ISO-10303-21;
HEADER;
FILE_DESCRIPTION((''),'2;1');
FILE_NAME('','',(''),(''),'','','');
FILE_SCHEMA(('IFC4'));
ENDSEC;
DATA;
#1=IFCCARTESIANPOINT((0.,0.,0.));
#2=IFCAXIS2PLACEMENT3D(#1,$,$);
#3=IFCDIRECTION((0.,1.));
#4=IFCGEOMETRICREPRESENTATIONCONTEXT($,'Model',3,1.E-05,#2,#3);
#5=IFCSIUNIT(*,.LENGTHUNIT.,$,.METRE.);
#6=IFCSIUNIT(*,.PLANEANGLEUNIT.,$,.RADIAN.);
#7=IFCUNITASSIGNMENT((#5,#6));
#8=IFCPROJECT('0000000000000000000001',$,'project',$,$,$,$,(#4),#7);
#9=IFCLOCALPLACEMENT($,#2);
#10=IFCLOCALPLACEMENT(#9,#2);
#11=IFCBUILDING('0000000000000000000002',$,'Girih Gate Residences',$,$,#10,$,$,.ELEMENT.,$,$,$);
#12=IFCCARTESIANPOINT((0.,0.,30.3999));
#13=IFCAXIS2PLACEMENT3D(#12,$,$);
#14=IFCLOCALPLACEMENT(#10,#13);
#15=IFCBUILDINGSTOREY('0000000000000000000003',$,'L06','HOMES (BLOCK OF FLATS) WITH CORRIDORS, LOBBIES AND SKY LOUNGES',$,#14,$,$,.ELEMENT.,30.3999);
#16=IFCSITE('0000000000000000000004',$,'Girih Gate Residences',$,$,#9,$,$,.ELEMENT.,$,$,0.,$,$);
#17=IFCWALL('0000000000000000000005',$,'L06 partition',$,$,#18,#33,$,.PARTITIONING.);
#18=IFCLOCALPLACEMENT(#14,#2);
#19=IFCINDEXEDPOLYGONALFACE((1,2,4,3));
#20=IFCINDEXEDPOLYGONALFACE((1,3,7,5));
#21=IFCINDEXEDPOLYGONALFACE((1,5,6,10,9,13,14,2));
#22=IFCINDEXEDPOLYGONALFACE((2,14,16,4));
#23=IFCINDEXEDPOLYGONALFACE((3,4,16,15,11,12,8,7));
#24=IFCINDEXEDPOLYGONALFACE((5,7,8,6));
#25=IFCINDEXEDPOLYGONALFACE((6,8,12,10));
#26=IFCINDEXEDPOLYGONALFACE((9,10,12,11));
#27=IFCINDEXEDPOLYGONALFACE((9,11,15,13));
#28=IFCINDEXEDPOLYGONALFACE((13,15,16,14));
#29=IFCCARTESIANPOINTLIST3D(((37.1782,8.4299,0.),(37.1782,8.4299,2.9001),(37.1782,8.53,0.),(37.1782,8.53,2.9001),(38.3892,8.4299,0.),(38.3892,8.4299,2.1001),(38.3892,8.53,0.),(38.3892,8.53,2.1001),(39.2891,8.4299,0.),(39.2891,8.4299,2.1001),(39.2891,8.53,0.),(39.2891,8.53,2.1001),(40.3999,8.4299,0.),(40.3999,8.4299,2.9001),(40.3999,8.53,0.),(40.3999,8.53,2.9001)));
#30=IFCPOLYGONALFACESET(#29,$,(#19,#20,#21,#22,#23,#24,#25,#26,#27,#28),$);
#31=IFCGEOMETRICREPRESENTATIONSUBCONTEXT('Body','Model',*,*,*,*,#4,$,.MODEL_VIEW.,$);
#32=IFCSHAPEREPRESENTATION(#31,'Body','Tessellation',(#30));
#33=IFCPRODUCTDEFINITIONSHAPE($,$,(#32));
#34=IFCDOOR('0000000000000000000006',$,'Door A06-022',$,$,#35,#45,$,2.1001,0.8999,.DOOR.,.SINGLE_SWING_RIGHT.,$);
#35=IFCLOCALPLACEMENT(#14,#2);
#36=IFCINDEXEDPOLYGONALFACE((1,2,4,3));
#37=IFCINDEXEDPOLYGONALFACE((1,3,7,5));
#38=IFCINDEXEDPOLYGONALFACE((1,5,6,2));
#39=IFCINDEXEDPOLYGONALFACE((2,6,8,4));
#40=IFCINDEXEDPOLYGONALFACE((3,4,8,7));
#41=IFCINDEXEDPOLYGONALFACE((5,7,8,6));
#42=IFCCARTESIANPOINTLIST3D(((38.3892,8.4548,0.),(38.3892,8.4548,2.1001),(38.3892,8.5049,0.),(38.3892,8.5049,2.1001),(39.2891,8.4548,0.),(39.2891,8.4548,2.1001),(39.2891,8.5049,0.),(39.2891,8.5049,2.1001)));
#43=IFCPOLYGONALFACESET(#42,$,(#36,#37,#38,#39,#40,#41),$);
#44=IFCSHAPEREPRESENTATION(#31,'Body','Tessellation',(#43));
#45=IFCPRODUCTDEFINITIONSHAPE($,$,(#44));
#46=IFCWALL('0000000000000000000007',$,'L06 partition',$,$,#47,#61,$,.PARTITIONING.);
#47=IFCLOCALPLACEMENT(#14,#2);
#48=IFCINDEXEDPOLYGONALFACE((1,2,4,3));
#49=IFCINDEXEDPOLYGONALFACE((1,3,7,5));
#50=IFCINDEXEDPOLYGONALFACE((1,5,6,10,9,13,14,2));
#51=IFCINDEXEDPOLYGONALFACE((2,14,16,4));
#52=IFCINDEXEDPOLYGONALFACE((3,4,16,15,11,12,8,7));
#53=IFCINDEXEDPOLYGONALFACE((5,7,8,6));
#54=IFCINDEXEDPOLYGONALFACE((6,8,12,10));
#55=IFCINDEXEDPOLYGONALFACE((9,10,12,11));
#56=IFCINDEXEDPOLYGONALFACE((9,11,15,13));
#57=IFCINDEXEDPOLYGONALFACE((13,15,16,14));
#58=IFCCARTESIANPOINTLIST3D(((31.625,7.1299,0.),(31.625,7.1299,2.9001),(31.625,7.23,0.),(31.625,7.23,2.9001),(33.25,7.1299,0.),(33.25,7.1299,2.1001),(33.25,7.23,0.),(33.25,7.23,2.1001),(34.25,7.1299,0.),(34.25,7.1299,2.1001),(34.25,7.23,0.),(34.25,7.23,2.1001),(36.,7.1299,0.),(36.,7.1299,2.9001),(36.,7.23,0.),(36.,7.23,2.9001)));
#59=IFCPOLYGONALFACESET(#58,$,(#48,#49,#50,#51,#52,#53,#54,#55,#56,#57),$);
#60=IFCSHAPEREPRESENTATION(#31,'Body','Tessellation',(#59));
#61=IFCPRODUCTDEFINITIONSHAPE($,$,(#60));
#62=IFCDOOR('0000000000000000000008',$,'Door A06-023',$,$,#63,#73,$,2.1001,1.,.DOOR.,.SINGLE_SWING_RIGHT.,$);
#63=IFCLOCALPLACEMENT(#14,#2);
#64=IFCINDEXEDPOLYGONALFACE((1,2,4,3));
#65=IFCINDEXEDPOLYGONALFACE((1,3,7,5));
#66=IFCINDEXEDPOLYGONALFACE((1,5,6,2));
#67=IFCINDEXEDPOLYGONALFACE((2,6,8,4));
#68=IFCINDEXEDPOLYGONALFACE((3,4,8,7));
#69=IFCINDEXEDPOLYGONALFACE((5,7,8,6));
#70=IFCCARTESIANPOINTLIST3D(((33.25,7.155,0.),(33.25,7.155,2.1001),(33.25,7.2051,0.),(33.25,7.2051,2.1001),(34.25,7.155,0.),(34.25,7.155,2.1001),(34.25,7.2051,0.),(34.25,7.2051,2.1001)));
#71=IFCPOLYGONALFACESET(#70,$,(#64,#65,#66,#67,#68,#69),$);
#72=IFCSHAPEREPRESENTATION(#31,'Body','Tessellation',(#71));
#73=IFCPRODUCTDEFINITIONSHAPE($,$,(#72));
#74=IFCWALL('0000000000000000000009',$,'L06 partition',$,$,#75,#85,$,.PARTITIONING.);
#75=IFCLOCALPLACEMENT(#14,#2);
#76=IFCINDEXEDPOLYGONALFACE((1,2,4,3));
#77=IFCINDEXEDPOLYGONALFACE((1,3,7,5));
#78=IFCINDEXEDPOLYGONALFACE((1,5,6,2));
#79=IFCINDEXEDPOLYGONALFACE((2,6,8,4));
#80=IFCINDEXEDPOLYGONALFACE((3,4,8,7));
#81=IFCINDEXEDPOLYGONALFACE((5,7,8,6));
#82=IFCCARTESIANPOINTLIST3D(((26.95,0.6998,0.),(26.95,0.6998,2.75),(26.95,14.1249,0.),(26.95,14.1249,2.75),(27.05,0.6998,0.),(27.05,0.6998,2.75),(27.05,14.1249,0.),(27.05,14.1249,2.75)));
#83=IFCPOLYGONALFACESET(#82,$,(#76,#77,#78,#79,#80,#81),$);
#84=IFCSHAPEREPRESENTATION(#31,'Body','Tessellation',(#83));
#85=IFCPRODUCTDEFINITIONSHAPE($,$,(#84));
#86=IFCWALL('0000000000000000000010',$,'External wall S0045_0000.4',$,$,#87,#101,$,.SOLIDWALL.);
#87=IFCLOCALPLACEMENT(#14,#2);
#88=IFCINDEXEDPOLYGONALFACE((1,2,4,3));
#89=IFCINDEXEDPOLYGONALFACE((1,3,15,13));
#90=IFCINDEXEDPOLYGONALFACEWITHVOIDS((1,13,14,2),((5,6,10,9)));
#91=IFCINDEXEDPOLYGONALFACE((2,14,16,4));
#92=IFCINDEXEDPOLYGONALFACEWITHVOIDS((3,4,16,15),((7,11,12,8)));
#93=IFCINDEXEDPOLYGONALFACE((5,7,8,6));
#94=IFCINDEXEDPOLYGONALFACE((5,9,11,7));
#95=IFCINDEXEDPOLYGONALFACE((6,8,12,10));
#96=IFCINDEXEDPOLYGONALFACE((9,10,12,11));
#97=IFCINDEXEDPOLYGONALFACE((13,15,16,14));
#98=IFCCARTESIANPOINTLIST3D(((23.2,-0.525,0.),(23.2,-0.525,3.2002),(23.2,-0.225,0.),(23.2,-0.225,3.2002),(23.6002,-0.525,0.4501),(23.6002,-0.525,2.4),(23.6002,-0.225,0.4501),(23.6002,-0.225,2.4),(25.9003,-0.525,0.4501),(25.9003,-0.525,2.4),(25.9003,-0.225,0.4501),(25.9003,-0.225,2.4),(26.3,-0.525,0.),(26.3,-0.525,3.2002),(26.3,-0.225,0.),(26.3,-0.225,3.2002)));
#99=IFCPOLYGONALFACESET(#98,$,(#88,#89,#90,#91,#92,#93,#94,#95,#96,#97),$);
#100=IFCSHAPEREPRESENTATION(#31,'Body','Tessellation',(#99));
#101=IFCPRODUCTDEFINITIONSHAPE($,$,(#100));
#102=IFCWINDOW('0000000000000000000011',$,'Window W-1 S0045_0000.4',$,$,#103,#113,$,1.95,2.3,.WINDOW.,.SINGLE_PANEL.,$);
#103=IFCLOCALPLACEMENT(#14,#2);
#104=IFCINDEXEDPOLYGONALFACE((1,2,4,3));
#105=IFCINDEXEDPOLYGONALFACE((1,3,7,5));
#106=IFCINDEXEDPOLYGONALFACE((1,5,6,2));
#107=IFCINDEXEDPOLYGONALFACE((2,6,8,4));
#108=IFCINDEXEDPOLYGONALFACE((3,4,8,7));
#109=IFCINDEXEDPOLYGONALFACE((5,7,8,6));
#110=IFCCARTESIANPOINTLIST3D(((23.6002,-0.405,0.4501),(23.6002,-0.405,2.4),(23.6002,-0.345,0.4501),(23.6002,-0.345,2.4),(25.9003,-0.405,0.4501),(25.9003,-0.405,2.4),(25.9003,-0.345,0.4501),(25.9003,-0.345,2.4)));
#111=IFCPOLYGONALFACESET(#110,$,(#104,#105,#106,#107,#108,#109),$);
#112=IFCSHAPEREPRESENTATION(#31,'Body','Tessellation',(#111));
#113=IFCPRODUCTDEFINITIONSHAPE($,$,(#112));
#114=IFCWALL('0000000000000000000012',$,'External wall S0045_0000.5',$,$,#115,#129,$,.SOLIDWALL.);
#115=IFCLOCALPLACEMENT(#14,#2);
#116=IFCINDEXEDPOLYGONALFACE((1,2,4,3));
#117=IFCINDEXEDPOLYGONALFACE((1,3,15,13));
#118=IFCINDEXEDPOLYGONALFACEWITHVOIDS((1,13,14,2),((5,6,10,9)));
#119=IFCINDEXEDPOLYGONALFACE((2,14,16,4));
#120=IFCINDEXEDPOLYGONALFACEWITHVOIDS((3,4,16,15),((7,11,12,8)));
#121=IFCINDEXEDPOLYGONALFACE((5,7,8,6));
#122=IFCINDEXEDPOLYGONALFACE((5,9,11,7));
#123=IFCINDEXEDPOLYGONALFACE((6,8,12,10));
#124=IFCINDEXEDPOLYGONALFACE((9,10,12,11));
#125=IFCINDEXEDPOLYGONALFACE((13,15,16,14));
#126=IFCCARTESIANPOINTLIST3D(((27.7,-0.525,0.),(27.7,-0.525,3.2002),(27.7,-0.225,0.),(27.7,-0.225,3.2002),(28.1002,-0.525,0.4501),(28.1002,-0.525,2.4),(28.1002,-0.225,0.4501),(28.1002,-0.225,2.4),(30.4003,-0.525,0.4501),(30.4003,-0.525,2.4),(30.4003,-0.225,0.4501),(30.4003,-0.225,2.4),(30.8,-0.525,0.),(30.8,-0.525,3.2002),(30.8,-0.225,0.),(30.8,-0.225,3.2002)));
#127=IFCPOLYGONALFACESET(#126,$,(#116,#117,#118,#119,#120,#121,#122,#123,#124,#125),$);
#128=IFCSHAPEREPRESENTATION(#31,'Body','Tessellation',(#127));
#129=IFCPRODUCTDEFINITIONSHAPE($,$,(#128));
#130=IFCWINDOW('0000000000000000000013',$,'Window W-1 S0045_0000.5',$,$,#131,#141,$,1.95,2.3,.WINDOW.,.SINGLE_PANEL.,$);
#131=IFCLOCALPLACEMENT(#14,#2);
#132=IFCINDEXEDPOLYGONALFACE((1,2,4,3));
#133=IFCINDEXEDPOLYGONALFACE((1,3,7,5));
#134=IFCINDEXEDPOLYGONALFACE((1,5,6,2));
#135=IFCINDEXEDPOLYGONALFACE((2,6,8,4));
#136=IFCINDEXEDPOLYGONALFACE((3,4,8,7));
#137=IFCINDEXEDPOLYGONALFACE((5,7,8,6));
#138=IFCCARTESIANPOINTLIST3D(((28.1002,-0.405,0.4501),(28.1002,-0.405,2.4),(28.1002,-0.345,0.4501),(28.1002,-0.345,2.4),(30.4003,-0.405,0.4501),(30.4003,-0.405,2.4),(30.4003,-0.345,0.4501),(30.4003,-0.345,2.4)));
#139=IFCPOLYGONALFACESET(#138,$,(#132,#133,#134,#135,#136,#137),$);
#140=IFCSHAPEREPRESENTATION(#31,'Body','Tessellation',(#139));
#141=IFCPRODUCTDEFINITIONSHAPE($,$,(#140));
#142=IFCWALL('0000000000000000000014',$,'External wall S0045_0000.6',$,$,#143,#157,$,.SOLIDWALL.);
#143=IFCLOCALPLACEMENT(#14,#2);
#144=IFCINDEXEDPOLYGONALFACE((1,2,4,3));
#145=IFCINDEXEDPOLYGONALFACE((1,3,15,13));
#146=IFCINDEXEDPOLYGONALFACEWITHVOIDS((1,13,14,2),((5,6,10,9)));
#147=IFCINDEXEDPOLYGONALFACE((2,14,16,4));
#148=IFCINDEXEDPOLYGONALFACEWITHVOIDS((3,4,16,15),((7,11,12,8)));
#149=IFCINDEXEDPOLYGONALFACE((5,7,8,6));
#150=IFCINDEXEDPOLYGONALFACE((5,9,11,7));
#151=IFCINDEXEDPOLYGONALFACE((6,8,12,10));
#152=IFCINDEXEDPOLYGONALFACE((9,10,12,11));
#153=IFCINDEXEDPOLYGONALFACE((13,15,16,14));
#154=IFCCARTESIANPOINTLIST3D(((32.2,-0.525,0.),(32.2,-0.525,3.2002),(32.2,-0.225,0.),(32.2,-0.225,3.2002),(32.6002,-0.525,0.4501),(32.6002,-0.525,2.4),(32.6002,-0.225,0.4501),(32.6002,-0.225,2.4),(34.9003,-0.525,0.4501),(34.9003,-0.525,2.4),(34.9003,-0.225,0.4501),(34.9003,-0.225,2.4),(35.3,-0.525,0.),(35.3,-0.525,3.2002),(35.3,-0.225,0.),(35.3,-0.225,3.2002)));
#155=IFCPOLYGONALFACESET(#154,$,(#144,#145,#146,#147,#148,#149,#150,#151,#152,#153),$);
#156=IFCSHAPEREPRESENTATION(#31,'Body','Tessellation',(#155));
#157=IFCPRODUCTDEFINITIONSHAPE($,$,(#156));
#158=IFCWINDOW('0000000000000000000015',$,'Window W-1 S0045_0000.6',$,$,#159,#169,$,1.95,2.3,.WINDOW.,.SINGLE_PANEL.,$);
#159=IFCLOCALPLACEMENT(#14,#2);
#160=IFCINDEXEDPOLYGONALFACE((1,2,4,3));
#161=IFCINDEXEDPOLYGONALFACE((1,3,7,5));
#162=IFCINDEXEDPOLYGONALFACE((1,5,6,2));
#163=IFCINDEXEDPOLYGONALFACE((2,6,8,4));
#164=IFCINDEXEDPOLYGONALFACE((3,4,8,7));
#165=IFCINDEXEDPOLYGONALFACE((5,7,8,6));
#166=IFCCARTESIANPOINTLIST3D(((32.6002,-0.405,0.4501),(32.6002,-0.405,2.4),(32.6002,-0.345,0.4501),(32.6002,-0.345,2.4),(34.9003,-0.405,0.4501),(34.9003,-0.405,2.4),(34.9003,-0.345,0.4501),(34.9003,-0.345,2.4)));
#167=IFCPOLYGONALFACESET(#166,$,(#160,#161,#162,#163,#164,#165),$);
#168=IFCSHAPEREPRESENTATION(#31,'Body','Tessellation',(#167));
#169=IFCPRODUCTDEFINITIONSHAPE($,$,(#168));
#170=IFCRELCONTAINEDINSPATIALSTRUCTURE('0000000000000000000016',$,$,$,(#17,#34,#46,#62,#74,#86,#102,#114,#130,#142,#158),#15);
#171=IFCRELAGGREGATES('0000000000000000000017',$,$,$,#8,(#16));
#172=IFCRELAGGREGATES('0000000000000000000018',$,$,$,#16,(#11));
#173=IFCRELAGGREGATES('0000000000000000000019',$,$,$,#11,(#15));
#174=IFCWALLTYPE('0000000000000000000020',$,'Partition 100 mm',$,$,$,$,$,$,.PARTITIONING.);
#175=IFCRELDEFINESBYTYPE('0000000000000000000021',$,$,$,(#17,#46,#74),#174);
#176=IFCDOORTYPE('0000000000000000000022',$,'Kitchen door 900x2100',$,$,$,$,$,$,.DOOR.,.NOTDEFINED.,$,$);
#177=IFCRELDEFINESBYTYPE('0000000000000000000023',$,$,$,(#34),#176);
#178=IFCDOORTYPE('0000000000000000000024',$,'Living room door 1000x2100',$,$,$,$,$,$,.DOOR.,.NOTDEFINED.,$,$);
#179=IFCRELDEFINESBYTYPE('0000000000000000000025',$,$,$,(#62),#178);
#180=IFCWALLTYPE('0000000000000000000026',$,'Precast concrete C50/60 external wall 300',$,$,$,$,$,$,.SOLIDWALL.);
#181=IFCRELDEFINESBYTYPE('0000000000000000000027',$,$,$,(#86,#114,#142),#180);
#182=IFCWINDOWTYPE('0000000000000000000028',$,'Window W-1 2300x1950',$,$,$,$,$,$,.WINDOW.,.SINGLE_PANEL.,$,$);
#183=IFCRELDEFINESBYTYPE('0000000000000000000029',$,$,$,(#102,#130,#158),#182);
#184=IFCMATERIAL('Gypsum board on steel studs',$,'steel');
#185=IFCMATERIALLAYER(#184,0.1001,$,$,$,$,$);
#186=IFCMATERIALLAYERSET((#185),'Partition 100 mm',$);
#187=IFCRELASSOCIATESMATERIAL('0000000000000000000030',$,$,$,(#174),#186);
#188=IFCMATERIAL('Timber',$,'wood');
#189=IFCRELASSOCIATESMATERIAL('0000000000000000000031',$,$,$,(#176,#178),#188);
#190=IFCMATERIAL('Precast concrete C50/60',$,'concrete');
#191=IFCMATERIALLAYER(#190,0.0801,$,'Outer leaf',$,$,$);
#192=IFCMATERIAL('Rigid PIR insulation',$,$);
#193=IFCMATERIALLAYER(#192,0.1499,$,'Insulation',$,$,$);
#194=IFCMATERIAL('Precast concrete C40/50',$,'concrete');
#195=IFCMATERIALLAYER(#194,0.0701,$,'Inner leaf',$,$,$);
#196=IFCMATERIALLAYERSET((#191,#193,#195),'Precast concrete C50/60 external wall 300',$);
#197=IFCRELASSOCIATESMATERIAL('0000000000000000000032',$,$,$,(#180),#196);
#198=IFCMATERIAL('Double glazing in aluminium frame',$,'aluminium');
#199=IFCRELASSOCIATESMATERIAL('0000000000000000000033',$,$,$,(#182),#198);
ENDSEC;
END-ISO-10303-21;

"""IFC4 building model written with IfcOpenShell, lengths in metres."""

from ifc_helpers import new_model, si_unit, direction, frame, frame_2d, origin, place, context, subcontext, project, spatial, rectangle, extrude, material, layer, layer_set, type_object, element, fill, save


model = new_model("IFC4")

# Units and contexts
model_context = context("Model", 3, precision=1e-05, world=origin(), true_north=direction((0.0, 1.0)))
body_context = subcontext(model_context, "Body", "Model", "MODEL_VIEW")
ifc_project = project(units=[si_unit("LENGTHUNIT", "METRE"), si_unit("PLANEANGLEUNIT", "RADIAN")], contexts=[model_context])

# Site, building, storey
site_placement = place(None, origin())
site = spatial("IfcSite", under=ifc_project, at=site_placement, Name="Girih Gate Residences", CompositionType="ELEMENT", RefElevation=0.0)
building_placement = place(site_placement, origin())
building = spatial("IfcBuilding", under=site, at=building_placement, Name="Girih Gate Residences", CompositionType="ELEMENT")
storey_placement = place(building_placement, frame((0.0, 0.0, 30.3999)))
storey = spatial("IfcBuildingStorey", under=building, at=storey_placement, Name="L06", Description="HOMES (BLOCK OF FLATS) WITH CORRIDORS, LOBBIES AND SKY LOUNGES", CompositionType="ELEMENT", Elevation=30.3999)

# Shared definitions
ifc_material_1 = material(Name="Gypsum board on steel studs", Category="steel")

# Shared definitions
ifc_layer_1 = layer(ifc_material_1, 0.1001)
ifc_layer_set_1 = layer_set([ifc_layer_1], Name="Partition 100 mm")
wall_type_1 = type_object("IfcWallType", Name="Partition 100 mm", PredefinedType="PARTITIONING", material=ifc_layer_set_1)
ifc_material_2 = material(Name="Timber", Category="wood")

# Walls, openings, doors
wall_1_placement = place(storey_placement, frame((37.1782, 8.48, 0.0), z_axis=(0.0, 0.0, 1.0), x_axis=(1.0, 0.0, 0.0)))
wall_1 = element("IfcWall", 1, at=wall_1_placement, inside=storey, type_object=wall_type_1, Name="L06 partition", PredefinedType="PARTITIONING", context=body_context, shape_type="SweptSolid", body=[
    extrude(rectangle(XDim=3.2217, YDim=0.1001, at=frame_2d((1.6108, 0.0))), origin(), (0.0, 0.0, 1.0), 2.9001),
])
opening_1_placement = place(wall_1_placement, frame((1.2109, 0.0, 0.0)))
opening_1 = element("IfcOpeningElement", 2, at=opening_1_placement, cuts=wall_1, PredefinedType="OPENING", context=body_context, shape_type="SweptSolid", body=[
    extrude(rectangle(XDim=0.8999, YDim=2.1001, at=frame_2d((0.45, 1.05))), frame((0.0, 0.0601, 0.0), z_axis=(0.0, -1.0, 0.0), x_axis=(1.0, 0.0, 0.0)), (0.0, 0.0, 1.0), 0.1201),
])
door_type_1 = type_object("IfcDoorType", Name="Kitchen door 900x2100", OperationType="NOTDEFINED", PredefinedType="DOOR", material=ifc_material_2)
door_1_placement = place(opening_1_placement, origin())
door_1 = element("IfcDoor", 3, at=door_1_placement, inside=storey, type_object=door_type_1, Name="Door A06-022", OperationType="SINGLE_SWING_RIGHT", OverallHeight=2.1001, OverallWidth=0.8999, PredefinedType="DOOR", context=body_context, shape_type="SweptSolid", body=[
    extrude(rectangle(XDim=0.8999, YDim=2.1001, at=frame_2d((0.45, 1.05))), frame((0.0, 0.0249, 0.0), z_axis=(0.0, -1.0, 0.0), x_axis=(1.0, 0.0, 0.0)), (0.0, 0.0, 1.0), 0.05),
])
fill(opening_1, door_1)
wall_2_placement = place(storey_placement, frame((36.0, 7.1799, 0.0), z_axis=(0.0, 0.0, 1.0), x_axis=(-1.0, 0.0, 0.0)))
wall_2 = element("IfcWall", 4, at=wall_2_placement, inside=storey, type_object=wall_type_1, Name="L06 partition", PredefinedType="PARTITIONING", context=body_context, shape_type="SweptSolid", body=[
    extrude(rectangle(XDim=4.375, YDim=0.1001, at=frame_2d((2.1875, 0.0))), origin(), (0.0, 0.0, 1.0), 2.9001),
])
opening_2_placement = place(wall_2_placement, frame((1.75, 0.0, 0.0)))
opening_2 = element("IfcOpeningElement", 5, at=opening_2_placement, cuts=wall_2, PredefinedType="OPENING", context=body_context, shape_type="SweptSolid", body=[
    extrude(rectangle(XDim=1.0, YDim=2.1001, at=frame_2d((0.5, 1.05))), frame((0.0, 0.0601, 0.0), z_axis=(0.0, -1.0, 0.0), x_axis=(1.0, 0.0, 0.0)), (0.0, 0.0, 1.0), 0.1201),
])
door_type_2 = type_object("IfcDoorType", Name="Living room door 1000x2100", OperationType="NOTDEFINED", PredefinedType="DOOR", material=ifc_material_2)
door_2_placement = place(opening_2_placement, origin())
door_2 = element("IfcDoor", 6, at=door_2_placement, inside=storey, type_object=door_type_2, Name="Door A06-023", OperationType="SINGLE_SWING_RIGHT", OverallHeight=2.1001, OverallWidth=1.0, PredefinedType="DOOR", context=body_context, shape_type="SweptSolid", body=[
    extrude(rectangle(XDim=1.0, YDim=2.1001, at=frame_2d((0.5, 1.05))), frame((0.0, 0.0249, 0.0), z_axis=(0.0, -1.0, 0.0), x_axis=(1.0, 0.0, 0.0)), (0.0, 0.0, 1.0), 0.05),
])
fill(opening_2, door_2)

# Wall
wall_3_placement = place(storey_placement, frame((27.0, 0.7, 0.0), z_axis=(0.0, 0.0, 1.0), x_axis=(0.0, 1.0, 0.0)))
element("IfcWall", 7, at=wall_3_placement, inside=storey, type_object=wall_type_1, Name="L06 partition", PredefinedType="PARTITIONING", context=body_context, shape_type="SweptSolid", body=[
    extrude(rectangle(XDim=13.425, YDim=0.1001, at=frame_2d((6.7124, 0.0))), origin(), (0.0, 0.0, 1.0), 2.75),
])

# Walls, openings, windows
ifc_material_3 = material(Name="Precast concrete C50/60", Category="concrete")
ifc_layer_2 = layer(ifc_material_3, 0.0801, Name="Outer leaf")
ifc_material_4 = material(Name="Rigid PIR insulation")
ifc_layer_3 = layer(ifc_material_4, 0.1499, Name="Insulation")
ifc_material_5 = material(Name="Precast concrete C40/50", Category="concrete")
ifc_layer_4 = layer(ifc_material_5, 0.0701, Name="Inner leaf")
ifc_layer_set_2 = layer_set([ifc_layer_2, ifc_layer_3, ifc_layer_4], Name="Precast concrete C50/60 external wall 300")
wall_type_2 = type_object("IfcWallType", Name="Precast concrete C50/60 external wall 300", PredefinedType="SOLIDWALL", material=ifc_layer_set_2)
wall_4_placement = place(storey_placement, frame((26.3, -0.375, 0.0), z_axis=(0.0, 0.0, 1.0), x_axis=(-1.0, 0.0, 0.0)))
wall_4 = element("IfcWall", 8, at=wall_4_placement, inside=storey, type_object=wall_type_2, Name="External wall S0045_0000.4", PredefinedType="SOLIDWALL", context=body_context, shape_type="SweptSolid", body=[
    extrude(rectangle(XDim=3.1001, YDim=0.3, at=frame_2d((1.55, 0.0))), origin(), (0.0, 0.0, 1.0), 3.2002),
])
opening_3_placement = place(wall_4_placement, frame((0.3999, 0.0, 0.45)))
opening_3 = element("IfcOpeningElement", 9, at=opening_3_placement, cuts=wall_4, PredefinedType="OPENING", context=body_context, shape_type="SweptSolid", body=[
    extrude(rectangle(XDim=2.3, YDim=1.95, at=frame_2d((1.1499, 0.9751))), frame((0.0, 0.1599, 0.0), z_axis=(0.0, -1.0, 0.0), x_axis=(1.0, 0.0, 0.0)), (0.0, 0.0, 1.0), 0.3201),
])
ifc_material_6 = material(Name="Double glazing in aluminium frame", Category="aluminium")
window_type = type_object("IfcWindowType", Name="Window W-1 2300x1950", PartitioningType="SINGLE_PANEL", PredefinedType="WINDOW", material=ifc_material_6)
window_1_placement = place(opening_3_placement, origin())
window_1 = element("IfcWindow", 10, at=window_1_placement, inside=storey, type_object=window_type, Name="Window W-1 S0045_0000.4", OverallHeight=1.95, OverallWidth=2.3, PartitioningType="SINGLE_PANEL", PredefinedType="WINDOW", context=body_context, shape_type="SweptSolid", body=[
    extrude(rectangle(XDim=2.3, YDim=1.95, at=frame_2d((1.1499, 0.9751))), frame((0.0, 0.03, 0.0), z_axis=(0.0, -1.0, 0.0), x_axis=(1.0, 0.0, 0.0)), (0.0, 0.0, 1.0), 0.0601),
])
fill(opening_3, window_1)
wall_5_placement = place(storey_placement, frame((30.8, -0.375, 0.0), z_axis=(0.0, 0.0, 1.0), x_axis=(-1.0, 0.0, 0.0)))
wall_5 = element("IfcWall", 11, at=wall_5_placement, inside=storey, type_object=wall_type_2, Name="External wall S0045_0000.5", PredefinedType="SOLIDWALL", context=body_context, shape_type="SweptSolid", body=[
    extrude(rectangle(XDim=3.1001, YDim=0.3, at=frame_2d((1.55, 0.0))), origin(), (0.0, 0.0, 1.0), 3.2002),
])
opening_4_placement = place(wall_5_placement, frame((0.3999, 0.0, 0.45)))
opening_4 = element("IfcOpeningElement", 12, at=opening_4_placement, cuts=wall_5, PredefinedType="OPENING", context=body_context, shape_type="SweptSolid", body=[
    extrude(rectangle(XDim=2.3, YDim=1.95, at=frame_2d((1.1499, 0.9751))), frame((0.0, 0.1599, 0.0), z_axis=(0.0, -1.0, 0.0), x_axis=(1.0, 0.0, 0.0)), (0.0, 0.0, 1.0), 0.3201),
])
window_2_placement = place(opening_4_placement, origin())
window_2 = element("IfcWindow", 13, at=window_2_placement, inside=storey, type_object=window_type, Name="Window W-1 S0045_0000.5", OverallHeight=1.95, OverallWidth=2.3, PartitioningType="SINGLE_PANEL", PredefinedType="WINDOW", context=body_context, shape_type="SweptSolid", body=[
    extrude(rectangle(XDim=2.3, YDim=1.95, at=frame_2d((1.1499, 0.9751))), frame((0.0, 0.03, 0.0), z_axis=(0.0, -1.0, 0.0), x_axis=(1.0, 0.0, 0.0)), (0.0, 0.0, 1.0), 0.0601),
])
fill(opening_4, window_2)
wall_6_placement = place(storey_placement, frame((35.3, -0.375, 0.0), z_axis=(0.0, 0.0, 1.0), x_axis=(-1.0, 0.0, 0.0)))
wall_6 = element("IfcWall", 14, at=wall_6_placement, inside=storey, type_object=wall_type_2, Name="External wall S0045_0000.6", PredefinedType="SOLIDWALL", context=body_context, shape_type="SweptSolid", body=[
    extrude(rectangle(XDim=3.1001, YDim=0.3, at=frame_2d((1.55, 0.0))), origin(), (0.0, 0.0, 1.0), 3.2002),
])
opening_5_placement = place(wall_6_placement, frame((0.3999, 0.0, 0.45)))
opening_5 = element("IfcOpeningElement", 15, at=opening_5_placement, cuts=wall_6, PredefinedType="OPENING", context=body_context, shape_type="SweptSolid", body=[
    extrude(rectangle(XDim=2.3, YDim=1.95, at=frame_2d((1.1499, 0.9751))), frame((0.0, 0.1599, 0.0), z_axis=(0.0, -1.0, 0.0), x_axis=(1.0, 0.0, 0.0)), (0.0, 0.0, 1.0), 0.3201),
])
window_3_placement = place(opening_5_placement, origin())
window_3 = element("IfcWindow", 16, at=window_3_placement, inside=storey, type_object=window_type, Name="Window W-1 S0045_0000.6", OverallHeight=1.95, OverallWidth=2.3, PartitioningType="SINGLE_PANEL", PredefinedType="WINDOW", context=body_context, shape_type="SweptSolid", body=[
    extrude(rectangle(XDim=2.3, YDim=1.95, at=frame_2d((1.1499, 0.9751))), frame((0.0, 0.03, 0.0), z_axis=(0.0, -1.0, 0.0), x_axis=(1.0, 0.0, 0.0)), (0.0, 0.0, 1.0), 0.0601),
])
fill(opening_5, window_3)

save(model, "model.ifc")
